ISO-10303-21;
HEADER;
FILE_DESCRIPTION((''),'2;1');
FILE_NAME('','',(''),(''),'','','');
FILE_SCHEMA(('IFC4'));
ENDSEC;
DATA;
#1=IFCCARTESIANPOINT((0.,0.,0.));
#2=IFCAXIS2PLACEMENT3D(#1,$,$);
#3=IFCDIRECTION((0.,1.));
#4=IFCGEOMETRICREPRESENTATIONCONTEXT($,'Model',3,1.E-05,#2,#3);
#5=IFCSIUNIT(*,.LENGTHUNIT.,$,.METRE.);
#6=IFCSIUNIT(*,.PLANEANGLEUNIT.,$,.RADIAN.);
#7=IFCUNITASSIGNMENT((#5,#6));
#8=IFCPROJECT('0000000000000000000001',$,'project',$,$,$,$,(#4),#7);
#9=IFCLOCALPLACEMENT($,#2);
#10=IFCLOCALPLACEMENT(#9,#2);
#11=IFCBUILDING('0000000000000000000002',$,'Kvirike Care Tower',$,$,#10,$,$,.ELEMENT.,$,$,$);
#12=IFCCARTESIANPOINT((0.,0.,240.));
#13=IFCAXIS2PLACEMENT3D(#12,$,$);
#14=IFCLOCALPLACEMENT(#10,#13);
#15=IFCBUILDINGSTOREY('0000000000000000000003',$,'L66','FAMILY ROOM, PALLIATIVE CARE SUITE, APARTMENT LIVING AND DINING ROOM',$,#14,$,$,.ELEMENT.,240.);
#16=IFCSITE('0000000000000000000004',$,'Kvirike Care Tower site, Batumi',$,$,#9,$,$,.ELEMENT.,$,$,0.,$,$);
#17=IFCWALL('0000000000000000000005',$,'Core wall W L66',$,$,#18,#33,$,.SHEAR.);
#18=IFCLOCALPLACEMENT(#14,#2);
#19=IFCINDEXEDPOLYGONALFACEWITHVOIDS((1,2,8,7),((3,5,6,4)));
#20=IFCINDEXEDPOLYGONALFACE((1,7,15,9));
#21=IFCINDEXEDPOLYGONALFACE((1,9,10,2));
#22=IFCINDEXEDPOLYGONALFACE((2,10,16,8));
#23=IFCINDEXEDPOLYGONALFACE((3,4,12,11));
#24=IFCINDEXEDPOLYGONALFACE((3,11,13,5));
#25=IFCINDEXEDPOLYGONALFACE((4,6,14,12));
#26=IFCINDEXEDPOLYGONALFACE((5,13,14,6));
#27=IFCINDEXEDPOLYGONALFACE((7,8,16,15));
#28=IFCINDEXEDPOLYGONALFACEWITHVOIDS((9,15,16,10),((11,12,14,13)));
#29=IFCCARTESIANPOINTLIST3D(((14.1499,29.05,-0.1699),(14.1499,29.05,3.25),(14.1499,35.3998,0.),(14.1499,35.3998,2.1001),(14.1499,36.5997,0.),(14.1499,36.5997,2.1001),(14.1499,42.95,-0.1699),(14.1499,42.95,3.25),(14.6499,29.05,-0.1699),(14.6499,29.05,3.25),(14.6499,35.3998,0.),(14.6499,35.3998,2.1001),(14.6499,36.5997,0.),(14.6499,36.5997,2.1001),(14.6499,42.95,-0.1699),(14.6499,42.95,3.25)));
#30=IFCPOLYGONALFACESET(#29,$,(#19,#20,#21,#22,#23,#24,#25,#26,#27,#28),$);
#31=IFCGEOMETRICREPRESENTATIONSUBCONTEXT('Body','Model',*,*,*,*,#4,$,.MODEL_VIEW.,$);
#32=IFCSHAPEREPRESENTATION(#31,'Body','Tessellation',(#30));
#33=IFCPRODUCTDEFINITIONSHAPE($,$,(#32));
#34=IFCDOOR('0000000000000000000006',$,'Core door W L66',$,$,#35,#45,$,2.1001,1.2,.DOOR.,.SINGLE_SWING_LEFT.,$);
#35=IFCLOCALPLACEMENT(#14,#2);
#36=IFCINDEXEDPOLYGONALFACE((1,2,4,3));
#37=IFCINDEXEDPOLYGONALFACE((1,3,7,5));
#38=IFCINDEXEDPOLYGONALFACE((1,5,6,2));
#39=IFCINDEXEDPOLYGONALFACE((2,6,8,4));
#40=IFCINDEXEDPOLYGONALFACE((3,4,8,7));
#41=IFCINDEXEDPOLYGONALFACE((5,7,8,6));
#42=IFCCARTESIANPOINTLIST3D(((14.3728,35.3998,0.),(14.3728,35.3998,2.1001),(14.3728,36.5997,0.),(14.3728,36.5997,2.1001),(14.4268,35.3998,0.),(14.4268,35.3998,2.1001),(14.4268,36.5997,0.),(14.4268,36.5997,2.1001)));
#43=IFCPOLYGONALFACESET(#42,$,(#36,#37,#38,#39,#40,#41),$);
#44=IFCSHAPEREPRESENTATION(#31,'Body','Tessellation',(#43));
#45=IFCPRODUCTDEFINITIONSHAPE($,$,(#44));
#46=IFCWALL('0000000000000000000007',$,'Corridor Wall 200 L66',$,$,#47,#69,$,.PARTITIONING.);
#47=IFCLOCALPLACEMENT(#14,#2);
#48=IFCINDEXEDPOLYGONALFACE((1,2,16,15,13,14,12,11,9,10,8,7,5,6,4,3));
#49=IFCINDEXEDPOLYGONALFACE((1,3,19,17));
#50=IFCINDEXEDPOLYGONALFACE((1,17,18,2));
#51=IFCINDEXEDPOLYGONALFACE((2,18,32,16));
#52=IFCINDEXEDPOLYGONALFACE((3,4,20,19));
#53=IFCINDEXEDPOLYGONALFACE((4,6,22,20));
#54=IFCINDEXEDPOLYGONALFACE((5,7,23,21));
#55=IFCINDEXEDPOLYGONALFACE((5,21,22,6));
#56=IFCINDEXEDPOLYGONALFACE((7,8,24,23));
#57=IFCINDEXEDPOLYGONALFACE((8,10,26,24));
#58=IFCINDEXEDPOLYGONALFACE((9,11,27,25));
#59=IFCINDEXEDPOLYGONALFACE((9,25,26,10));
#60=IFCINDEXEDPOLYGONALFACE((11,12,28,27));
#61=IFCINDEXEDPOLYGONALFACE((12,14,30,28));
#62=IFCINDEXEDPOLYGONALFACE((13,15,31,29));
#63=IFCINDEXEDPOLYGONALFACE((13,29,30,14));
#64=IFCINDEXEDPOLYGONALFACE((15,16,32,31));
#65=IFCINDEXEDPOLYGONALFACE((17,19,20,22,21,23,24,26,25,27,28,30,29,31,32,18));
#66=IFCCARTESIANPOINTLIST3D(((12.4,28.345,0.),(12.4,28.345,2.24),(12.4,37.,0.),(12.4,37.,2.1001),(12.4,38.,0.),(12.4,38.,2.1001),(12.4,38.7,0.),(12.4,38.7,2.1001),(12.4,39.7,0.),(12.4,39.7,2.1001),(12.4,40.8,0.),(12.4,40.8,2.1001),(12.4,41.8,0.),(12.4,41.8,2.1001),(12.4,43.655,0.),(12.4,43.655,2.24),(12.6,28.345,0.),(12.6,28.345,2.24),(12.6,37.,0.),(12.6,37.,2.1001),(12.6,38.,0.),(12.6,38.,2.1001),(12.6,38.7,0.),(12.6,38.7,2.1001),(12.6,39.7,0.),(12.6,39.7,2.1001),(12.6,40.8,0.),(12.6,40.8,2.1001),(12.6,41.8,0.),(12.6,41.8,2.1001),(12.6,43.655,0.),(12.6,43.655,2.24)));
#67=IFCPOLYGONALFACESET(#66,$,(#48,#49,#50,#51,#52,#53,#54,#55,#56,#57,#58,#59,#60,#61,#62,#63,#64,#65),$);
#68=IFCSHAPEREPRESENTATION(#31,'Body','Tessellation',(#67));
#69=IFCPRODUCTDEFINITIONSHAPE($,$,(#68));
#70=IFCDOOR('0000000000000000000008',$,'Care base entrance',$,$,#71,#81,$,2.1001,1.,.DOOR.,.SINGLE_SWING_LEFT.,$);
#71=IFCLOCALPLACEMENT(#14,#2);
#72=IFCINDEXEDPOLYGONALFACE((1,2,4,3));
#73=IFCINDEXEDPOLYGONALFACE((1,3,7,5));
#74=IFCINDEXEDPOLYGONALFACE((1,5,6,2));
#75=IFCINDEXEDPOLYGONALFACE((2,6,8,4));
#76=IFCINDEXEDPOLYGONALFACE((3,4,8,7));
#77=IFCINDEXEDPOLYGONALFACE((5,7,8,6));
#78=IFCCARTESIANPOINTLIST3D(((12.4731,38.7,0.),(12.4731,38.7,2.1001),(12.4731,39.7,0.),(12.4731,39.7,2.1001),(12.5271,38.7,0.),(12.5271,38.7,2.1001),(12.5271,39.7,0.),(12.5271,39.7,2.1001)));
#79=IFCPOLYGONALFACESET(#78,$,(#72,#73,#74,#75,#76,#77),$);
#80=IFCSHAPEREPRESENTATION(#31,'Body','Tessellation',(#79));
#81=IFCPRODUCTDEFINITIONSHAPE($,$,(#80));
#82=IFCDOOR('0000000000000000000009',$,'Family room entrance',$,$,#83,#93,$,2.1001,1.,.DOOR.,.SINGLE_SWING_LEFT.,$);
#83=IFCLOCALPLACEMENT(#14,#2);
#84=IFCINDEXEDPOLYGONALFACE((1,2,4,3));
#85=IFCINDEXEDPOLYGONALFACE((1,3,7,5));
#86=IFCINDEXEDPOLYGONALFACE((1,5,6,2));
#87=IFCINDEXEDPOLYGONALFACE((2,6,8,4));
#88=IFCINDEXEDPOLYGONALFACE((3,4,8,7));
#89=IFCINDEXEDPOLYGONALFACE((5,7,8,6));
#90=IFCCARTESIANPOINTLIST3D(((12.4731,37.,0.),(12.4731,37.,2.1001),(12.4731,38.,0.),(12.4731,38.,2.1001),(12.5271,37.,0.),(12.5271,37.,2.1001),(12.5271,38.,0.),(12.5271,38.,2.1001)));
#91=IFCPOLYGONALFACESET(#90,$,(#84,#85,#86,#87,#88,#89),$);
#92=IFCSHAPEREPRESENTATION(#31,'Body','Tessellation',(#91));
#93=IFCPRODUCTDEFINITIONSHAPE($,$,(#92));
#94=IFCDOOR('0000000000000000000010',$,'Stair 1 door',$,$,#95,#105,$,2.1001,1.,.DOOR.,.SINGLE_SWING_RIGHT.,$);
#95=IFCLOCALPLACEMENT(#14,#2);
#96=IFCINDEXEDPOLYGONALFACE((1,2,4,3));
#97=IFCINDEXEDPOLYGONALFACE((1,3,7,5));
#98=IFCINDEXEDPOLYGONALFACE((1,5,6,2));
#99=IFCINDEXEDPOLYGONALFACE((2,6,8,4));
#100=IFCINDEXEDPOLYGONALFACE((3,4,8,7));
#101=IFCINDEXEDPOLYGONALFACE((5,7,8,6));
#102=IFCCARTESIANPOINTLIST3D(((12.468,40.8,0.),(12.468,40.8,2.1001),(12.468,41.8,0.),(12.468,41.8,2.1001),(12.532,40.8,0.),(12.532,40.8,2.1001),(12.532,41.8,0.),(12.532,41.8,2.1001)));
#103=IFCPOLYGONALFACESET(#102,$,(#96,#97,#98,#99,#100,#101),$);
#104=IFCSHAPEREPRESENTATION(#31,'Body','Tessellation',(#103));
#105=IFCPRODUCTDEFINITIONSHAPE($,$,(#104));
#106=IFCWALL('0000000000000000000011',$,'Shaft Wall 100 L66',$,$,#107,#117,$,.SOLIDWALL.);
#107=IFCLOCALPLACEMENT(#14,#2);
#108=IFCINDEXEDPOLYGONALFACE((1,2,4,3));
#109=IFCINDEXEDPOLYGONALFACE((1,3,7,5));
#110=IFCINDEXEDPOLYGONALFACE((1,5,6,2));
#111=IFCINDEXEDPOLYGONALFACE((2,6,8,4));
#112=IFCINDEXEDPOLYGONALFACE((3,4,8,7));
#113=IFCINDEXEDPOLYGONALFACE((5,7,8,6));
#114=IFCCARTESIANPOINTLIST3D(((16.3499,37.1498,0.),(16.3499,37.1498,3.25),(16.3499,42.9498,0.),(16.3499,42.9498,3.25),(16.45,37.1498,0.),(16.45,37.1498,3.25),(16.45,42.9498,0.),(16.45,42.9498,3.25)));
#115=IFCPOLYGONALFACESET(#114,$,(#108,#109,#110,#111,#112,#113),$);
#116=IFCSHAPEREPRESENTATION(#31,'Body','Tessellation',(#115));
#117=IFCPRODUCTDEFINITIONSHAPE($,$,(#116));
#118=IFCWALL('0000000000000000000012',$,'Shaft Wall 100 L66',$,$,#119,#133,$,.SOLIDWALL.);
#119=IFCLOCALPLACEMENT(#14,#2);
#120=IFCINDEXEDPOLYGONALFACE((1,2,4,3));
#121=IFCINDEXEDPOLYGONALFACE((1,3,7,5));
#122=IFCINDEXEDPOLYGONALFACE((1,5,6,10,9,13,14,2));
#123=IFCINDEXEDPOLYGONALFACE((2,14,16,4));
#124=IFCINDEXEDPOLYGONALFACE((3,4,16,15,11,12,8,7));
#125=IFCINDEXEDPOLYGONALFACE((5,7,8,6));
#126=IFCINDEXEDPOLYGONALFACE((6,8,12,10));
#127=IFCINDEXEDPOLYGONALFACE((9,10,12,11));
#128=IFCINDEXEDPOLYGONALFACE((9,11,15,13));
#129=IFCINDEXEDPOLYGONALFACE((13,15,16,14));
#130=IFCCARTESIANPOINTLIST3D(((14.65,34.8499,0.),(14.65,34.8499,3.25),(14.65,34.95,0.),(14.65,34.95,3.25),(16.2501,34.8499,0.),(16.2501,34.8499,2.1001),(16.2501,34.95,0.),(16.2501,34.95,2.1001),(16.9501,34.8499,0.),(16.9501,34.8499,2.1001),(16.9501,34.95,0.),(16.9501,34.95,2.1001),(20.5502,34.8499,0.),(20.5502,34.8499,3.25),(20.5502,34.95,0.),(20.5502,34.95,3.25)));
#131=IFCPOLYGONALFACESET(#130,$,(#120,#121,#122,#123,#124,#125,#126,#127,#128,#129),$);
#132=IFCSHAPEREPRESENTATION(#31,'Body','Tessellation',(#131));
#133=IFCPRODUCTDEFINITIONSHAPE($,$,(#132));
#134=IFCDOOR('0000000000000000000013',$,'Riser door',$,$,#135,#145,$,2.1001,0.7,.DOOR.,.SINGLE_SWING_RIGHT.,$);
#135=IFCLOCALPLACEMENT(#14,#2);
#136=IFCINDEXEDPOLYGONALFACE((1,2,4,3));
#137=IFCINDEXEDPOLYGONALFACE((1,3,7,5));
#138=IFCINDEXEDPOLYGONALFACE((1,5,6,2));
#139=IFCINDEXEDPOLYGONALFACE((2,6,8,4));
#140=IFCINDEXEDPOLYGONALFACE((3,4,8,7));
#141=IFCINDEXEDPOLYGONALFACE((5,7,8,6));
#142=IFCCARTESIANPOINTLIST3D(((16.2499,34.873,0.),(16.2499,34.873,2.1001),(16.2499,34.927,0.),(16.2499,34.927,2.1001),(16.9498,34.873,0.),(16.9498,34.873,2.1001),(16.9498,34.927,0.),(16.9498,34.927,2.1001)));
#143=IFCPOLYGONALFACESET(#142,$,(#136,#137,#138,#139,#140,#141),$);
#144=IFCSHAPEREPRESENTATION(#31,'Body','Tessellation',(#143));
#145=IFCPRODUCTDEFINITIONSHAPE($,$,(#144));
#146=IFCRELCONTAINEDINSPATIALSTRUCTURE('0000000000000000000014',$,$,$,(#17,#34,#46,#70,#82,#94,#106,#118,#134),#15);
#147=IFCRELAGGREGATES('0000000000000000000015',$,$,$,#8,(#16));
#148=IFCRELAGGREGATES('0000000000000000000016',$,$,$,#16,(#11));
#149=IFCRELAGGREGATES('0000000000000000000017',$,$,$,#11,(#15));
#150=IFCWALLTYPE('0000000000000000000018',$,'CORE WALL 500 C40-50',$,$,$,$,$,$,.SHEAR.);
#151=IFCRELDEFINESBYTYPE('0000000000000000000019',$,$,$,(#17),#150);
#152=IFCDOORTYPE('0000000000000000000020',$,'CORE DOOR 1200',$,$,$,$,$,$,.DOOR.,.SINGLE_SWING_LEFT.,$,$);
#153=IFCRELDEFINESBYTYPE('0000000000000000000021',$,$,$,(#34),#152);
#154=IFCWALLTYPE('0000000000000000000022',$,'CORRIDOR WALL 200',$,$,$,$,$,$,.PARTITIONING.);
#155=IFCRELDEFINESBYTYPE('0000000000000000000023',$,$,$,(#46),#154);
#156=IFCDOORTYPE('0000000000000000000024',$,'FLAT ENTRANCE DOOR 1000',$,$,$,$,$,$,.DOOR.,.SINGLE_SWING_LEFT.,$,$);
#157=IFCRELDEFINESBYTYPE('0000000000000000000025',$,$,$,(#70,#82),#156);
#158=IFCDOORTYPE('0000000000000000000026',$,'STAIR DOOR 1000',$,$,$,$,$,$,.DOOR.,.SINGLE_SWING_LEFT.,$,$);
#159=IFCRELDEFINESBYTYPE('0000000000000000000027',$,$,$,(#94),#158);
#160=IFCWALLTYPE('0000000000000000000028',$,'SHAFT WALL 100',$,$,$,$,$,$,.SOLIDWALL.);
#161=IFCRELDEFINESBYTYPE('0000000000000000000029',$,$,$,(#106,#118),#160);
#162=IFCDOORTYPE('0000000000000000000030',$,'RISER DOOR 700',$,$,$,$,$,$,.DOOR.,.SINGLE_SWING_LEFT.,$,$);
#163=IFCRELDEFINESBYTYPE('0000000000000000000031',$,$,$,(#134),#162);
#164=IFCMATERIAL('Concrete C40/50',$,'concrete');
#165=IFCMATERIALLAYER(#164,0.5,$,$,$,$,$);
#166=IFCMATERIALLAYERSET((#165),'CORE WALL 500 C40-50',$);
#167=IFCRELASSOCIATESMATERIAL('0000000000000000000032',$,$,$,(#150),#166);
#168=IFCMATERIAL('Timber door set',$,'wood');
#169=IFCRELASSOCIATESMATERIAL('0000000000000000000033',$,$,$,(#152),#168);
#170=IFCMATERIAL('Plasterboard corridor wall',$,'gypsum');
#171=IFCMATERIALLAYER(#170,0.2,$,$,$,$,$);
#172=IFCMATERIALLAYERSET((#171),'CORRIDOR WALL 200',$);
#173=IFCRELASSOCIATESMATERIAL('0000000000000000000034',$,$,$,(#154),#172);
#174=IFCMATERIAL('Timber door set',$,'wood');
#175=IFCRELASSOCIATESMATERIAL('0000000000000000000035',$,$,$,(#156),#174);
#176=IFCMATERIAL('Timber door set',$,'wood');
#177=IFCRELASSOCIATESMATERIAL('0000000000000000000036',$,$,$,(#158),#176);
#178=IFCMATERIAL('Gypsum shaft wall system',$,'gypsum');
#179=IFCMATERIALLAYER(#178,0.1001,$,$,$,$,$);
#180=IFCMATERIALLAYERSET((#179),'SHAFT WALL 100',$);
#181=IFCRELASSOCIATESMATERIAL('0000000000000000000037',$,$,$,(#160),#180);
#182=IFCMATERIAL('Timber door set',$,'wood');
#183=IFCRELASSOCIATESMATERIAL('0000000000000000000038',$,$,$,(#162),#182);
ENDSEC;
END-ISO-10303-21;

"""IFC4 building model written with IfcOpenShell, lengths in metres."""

from ifc_helpers import new_model, si_unit, direction, frame, frame_2d, origin, place, context, subcontext, project, spatial, rectangle, extrude, material, layer, layer_set, type_object, element, fill, save


model = new_model("IFC4")

# Units and contexts
model_context = context("Model", 3, precision=1e-05, world=origin(), true_north=direction((0.0, 1.0)))
body_context = subcontext(model_context, "Body", "Model", "MODEL_VIEW")
ifc_project = project(units=[si_unit("LENGTHUNIT", "METRE"), si_unit("PLANEANGLEUNIT", "RADIAN")], contexts=[model_context])

# Site, building, storey
site_placement = place(None, origin())
site = spatial("IfcSite", under=ifc_project, at=site_placement, Name="Kvirike Care Tower site, Batumi", CompositionType="ELEMENT", RefElevation=0.0)
building_placement = place(site_placement, origin())
building = spatial("IfcBuilding", under=site, at=building_placement, Name="Kvirike Care Tower", CompositionType="ELEMENT")
storey_placement = place(building_placement, frame((0.0, 0.0, 240.0)))
storey = spatial("IfcBuildingStorey", under=building, at=storey_placement, Name="L66", Description="FAMILY ROOM, PALLIATIVE CARE SUITE, APARTMENT LIVING AND DINING ROOM", CompositionType="ELEMENT", Elevation=240.0)

# Wall, opening, door
ifc_material_1 = material(Name="Concrete C40/50", Category="concrete")
ifc_layer_1 = layer(ifc_material_1, 0.5)
ifc_layer_set_1 = layer_set([ifc_layer_1], Name="CORE WALL 500 C40-50")
wall_type_1 = type_object("IfcWallType", Name="CORE WALL 500 C40-50", PredefinedType="SHEAR", material=ifc_layer_set_1)
wall_1_placement = place(storey_placement, frame((14.3999, 42.95, -0.1699), z_axis=(0.0, 0.0, 1.0), x_axis=(0.0, -1.0, 0.0)))
wall_1 = element("IfcWall", 1, at=wall_1_placement, inside=storey, type_object=wall_type_1, Name="Core wall W L66", PredefinedType="SHEAR", context=body_context, shape_type="SweptSolid", body=[
    extrude(rectangle(XDim=13.8999, YDim=0.5, at=frame_2d((6.95, 0.0))), origin(), (0.0, 0.0, 1.0), 3.4199),
])
opening_1_placement = place(wall_1_placement, frame((6.3501, 0.0, 0.1699)))
opening_1 = element("IfcOpeningElement", 2, at=opening_1_placement, cuts=wall_1, PredefinedType="OPENING", context=body_context, shape_type="SweptSolid", body=[
    extrude(rectangle(XDim=1.2, YDim=2.1001, at=frame_2d((0.6001, 1.05))), frame((0.0, 0.2605, 0.0), z_axis=(0.0, -1.0, 0.0), x_axis=(1.0, 0.0, 0.0)), (0.0, 0.0, 1.0), 0.521),
])
ifc_material_2 = material(Name="Timber door set", Category="wood")
door_type_1 = type_object("IfcDoorType", Name="CORE DOOR 1200", OperationType="SINGLE_SWING_LEFT", PredefinedType="DOOR", material=ifc_material_2)
door_1_placement = place(opening_1_placement, origin())
door_1 = element("IfcDoor", 3, at=door_1_placement, inside=storey, type_object=door_type_1, Name="Core door W L66", OperationType="SINGLE_SWING_LEFT", OverallHeight=2.1001, OverallWidth=1.2, PredefinedType="DOOR", context=body_context, shape_type="SweptSolid", body=[
    extrude(rectangle(XDim=1.2, YDim=2.1001, at=frame_2d((0.6001, 1.05))), frame((0.0, 0.0269, 0.0), z_axis=(0.0, -1.0, 0.0), x_axis=(1.0, 0.0, 0.0)), (0.0, 0.0, 1.0), 0.054),
])
fill(opening_1, door_1)

# Wall, openings, doors
ifc_material_3 = material(Name="Plasterboard corridor wall", Category="gypsum")
ifc_layer_2 = layer(ifc_material_3, 0.2)
ifc_layer_set_2 = layer_set([ifc_layer_2], Name="CORRIDOR WALL 200")
wall_type_2 = type_object("IfcWallType", Name="CORRIDOR WALL 200", PredefinedType="PARTITIONING", material=ifc_layer_set_2)
wall_2_placement = place(storey_placement, frame((12.5, 43.655, 0.0), z_axis=(0.0, 0.0, 1.0), x_axis=(0.0, -1.0, 0.0)))
wall_2 = element("IfcWall", 4, at=wall_2_placement, inside=storey, type_object=wall_type_2, Name="Corridor Wall 200 L66", PredefinedType="PARTITIONING", context=body_context, shape_type="SweptSolid", body=[
    extrude(rectangle(XDim=15.3101, YDim=0.2, at=frame_2d((7.655, 0.0))), origin(), (0.0, 0.0, 1.0), 2.24),
])
opening_2_placement = place(wall_2_placement, frame((1.855, 0.0, 0.0)))
opening_2 = element("IfcOpeningElement", 5, at=opening_2_placement, cuts=wall_2, PredefinedType="OPENING", context=body_context, shape_type="SweptSolid", body=[
    extrude(rectangle(XDim=1.0, YDim=2.1001, at=frame_2d((0.5, 1.05))), frame((0.0, 0.1106, 0.0), z_axis=(0.0, -1.0, 0.0), x_axis=(1.0, 0.0, 0.0)), (0.0, 0.0, 1.0), 0.2209),
])
opening_3_placement = place(wall_2_placement, frame((3.9551, 0.0, 0.0)))
opening_3 = element("IfcOpeningElement", 6, at=opening_3_placement, cuts=wall_2, PredefinedType="OPENING", context=body_context, shape_type="SweptSolid", body=[
    extrude(rectangle(XDim=1.0, YDim=2.1001, at=frame_2d((0.5, 1.05))), frame((0.0, 0.1106, 0.0), z_axis=(0.0, -1.0, 0.0), x_axis=(1.0, 0.0, 0.0)), (0.0, 0.0, 1.0), 0.2209),
])
opening_4_placement = place(wall_2_placement, frame((5.655, 0.0, 0.0)))
opening_4 = element("IfcOpeningElement", 7, at=opening_4_placement, cuts=wall_2, PredefinedType="OPENING", context=body_context, shape_type="SweptSolid", body=[
    extrude(rectangle(XDim=1.0, YDim=2.1001, at=frame_2d((0.5, 1.05))), frame((0.0, 0.1106, 0.0), z_axis=(0.0, -1.0, 0.0), x_axis=(1.0, 0.0, 0.0)), (0.0, 0.0, 1.0), 0.2209),
])
ifc_material_4 = material(Name="Timber door set", Category="wood")
door_type_2 = type_object("IfcDoorType", Name="FLAT ENTRANCE DOOR 1000", OperationType="SINGLE_SWING_LEFT", PredefinedType="DOOR", material=ifc_material_4)
door_2_placement = place(opening_3_placement, frame((1.0, 0.0, 0.0), z_axis=(0.0, 0.0, 1.0), x_axis=(-1.0, 0.0, 0.0)))
door_2 = element("IfcDoor", 8, at=door_2_placement, inside=storey, type_object=door_type_2, Name="Care base entrance", OperationType="SINGLE_SWING_LEFT", OverallHeight=2.1001, OverallWidth=1.0, PredefinedType="DOOR", context=body_context, shape_type="SweptSolid", body=[
    extrude(rectangle(XDim=1.0, YDim=2.1001, at=frame_2d((0.5, 1.05))), frame((0.0, 0.0269, 0.0), z_axis=(0.0, -1.0, 0.0), x_axis=(1.0, 0.0, 0.0)), (0.0, 0.0, 1.0), 0.054),
])
fill(opening_3, door_2)
door_3_placement = place(opening_4_placement, frame((1.0, 0.0, 0.0), z_axis=(0.0, 0.0, 1.0), x_axis=(-1.0, 0.0, 0.0)))
door_3 = element("IfcDoor", 9, at=door_3_placement, inside=storey, type_object=door_type_2, Name="Family room entrance", OperationType="SINGLE_SWING_LEFT", OverallHeight=2.1001, OverallWidth=1.0, PredefinedType="DOOR", context=body_context, shape_type="SweptSolid", body=[
    extrude(rectangle(XDim=1.0, YDim=2.1001, at=frame_2d((0.5, 1.05))), frame((0.0, 0.0269, 0.0), z_axis=(0.0, -1.0, 0.0), x_axis=(1.0, 0.0, 0.0)), (0.0, 0.0, 1.0), 0.054),
])
fill(opening_4, door_3)
ifc_material_5 = material(Name="Timber door set", Category="wood")
door_type_3 = type_object("IfcDoorType", Name="STAIR DOOR 1000", OperationType="SINGLE_SWING_LEFT", PredefinedType="DOOR", material=ifc_material_5)
door_4_placement = place(opening_2_placement, frame((1.0, 0.0, 0.0), z_axis=(0.0, 0.0, 1.0), x_axis=(-1.0, 0.0, 0.0)))
door_4 = element("IfcDoor", 10, at=door_4_placement, inside=storey, type_object=door_type_3, Name="Stair 1 door", OperationType="SINGLE_SWING_RIGHT", OverallHeight=2.1001, OverallWidth=1.0, PredefinedType="DOOR", context=body_context, shape_type="SweptSolid", body=[
    extrude(rectangle(XDim=1.0, YDim=2.1001, at=frame_2d((0.5, 1.05))), frame((0.0, 0.032, 0.0), z_axis=(0.0, -1.0, 0.0), x_axis=(1.0, 0.0, 0.0)), (0.0, 0.0, 1.0), 0.064),
])
fill(opening_2, door_4)

# Wall
ifc_material_6 = material(Name="Gypsum shaft wall system", Category="gypsum")
ifc_layer_3 = layer(ifc_material_6, 0.1001)
ifc_layer_set_3 = layer_set([ifc_layer_3], Name="SHAFT WALL 100")
wall_type_3 = type_object("IfcWallType", Name="SHAFT WALL 100", PredefinedType="SOLIDWALL", material=ifc_layer_set_3)
wall_3_placement = place(storey_placement, frame((16.3999, 37.1499, 0.0), z_axis=(0.0, 0.0, 1.0), x_axis=(0.0, 1.0, 0.0)))
element("IfcWall", 11, at=wall_3_placement, inside=storey, type_object=wall_type_3, Name="Shaft Wall 100 L66", PredefinedType="SOLIDWALL", context=body_context, shape_type="SweptSolid", body=[
    extrude(rectangle(XDim=5.8, YDim=0.1001, at=frame_2d((2.8999, 0.0))), origin(), (0.0, 0.0, 1.0), 3.25),
])

# Wall, opening, door
wall_4_placement = place(storey_placement, frame((14.6499, 34.8999, 0.0), z_axis=(0.0, 0.0, 1.0), x_axis=(1.0, 0.0, 0.0)))
wall_4 = element("IfcWall", 12, at=wall_4_placement, inside=storey, type_object=wall_type_3, Name="Shaft Wall 100 L66", PredefinedType="SOLIDWALL", context=body_context, shape_type="SweptSolid", body=[
    extrude(rectangle(XDim=5.9001, YDim=0.1001, at=frame_2d((2.9502, 0.0))), origin(), (0.0, 0.0, 1.0), 3.25),
])
opening_5_placement = place(wall_4_placement, frame((1.6001, 0.0, 0.0)))
opening_5 = element("IfcOpeningElement", 13, at=opening_5_placement, cuts=wall_4, PredefinedType="OPENING", context=body_context, shape_type="SweptSolid", body=[
    extrude(rectangle(XDim=0.7, YDim=2.1001, at=frame_2d((0.3501, 1.05))), frame((0.0, 0.0605, 0.0), z_axis=(0.0, -1.0, 0.0), x_axis=(1.0, 0.0, 0.0)), (0.0, 0.0, 1.0), 0.1211),
])
ifc_material_7 = material(Name="Timber door set", Category="wood")
door_type_4 = type_object("IfcDoorType", Name="RISER DOOR 700", OperationType="SINGLE_SWING_LEFT", PredefinedType="DOOR", material=ifc_material_7)
door_5_placement = place(opening_5_placement, frame((0.7, 0.0, 0.0), z_axis=(0.0, 0.0, 1.0), x_axis=(-1.0, 0.0, 0.0)))
door_5 = element("IfcDoor", 14, at=door_5_placement, inside=storey, type_object=door_type_4, Name="Riser door", OperationType="SINGLE_SWING_RIGHT", OverallHeight=2.1001, OverallWidth=0.7, PredefinedType="DOOR", context=body_context, shape_type="SweptSolid", body=[
    extrude(rectangle(XDim=0.7, YDim=2.1001, at=frame_2d((0.3501, 1.05))), frame((0.0, 0.0269, 0.0), z_axis=(0.0, -1.0, 0.0), x_axis=(1.0, 0.0, 0.0)), (0.0, 0.0, 1.0), 0.054),
])
fill(opening_5, door_5)

save(model, "model.ifc")
